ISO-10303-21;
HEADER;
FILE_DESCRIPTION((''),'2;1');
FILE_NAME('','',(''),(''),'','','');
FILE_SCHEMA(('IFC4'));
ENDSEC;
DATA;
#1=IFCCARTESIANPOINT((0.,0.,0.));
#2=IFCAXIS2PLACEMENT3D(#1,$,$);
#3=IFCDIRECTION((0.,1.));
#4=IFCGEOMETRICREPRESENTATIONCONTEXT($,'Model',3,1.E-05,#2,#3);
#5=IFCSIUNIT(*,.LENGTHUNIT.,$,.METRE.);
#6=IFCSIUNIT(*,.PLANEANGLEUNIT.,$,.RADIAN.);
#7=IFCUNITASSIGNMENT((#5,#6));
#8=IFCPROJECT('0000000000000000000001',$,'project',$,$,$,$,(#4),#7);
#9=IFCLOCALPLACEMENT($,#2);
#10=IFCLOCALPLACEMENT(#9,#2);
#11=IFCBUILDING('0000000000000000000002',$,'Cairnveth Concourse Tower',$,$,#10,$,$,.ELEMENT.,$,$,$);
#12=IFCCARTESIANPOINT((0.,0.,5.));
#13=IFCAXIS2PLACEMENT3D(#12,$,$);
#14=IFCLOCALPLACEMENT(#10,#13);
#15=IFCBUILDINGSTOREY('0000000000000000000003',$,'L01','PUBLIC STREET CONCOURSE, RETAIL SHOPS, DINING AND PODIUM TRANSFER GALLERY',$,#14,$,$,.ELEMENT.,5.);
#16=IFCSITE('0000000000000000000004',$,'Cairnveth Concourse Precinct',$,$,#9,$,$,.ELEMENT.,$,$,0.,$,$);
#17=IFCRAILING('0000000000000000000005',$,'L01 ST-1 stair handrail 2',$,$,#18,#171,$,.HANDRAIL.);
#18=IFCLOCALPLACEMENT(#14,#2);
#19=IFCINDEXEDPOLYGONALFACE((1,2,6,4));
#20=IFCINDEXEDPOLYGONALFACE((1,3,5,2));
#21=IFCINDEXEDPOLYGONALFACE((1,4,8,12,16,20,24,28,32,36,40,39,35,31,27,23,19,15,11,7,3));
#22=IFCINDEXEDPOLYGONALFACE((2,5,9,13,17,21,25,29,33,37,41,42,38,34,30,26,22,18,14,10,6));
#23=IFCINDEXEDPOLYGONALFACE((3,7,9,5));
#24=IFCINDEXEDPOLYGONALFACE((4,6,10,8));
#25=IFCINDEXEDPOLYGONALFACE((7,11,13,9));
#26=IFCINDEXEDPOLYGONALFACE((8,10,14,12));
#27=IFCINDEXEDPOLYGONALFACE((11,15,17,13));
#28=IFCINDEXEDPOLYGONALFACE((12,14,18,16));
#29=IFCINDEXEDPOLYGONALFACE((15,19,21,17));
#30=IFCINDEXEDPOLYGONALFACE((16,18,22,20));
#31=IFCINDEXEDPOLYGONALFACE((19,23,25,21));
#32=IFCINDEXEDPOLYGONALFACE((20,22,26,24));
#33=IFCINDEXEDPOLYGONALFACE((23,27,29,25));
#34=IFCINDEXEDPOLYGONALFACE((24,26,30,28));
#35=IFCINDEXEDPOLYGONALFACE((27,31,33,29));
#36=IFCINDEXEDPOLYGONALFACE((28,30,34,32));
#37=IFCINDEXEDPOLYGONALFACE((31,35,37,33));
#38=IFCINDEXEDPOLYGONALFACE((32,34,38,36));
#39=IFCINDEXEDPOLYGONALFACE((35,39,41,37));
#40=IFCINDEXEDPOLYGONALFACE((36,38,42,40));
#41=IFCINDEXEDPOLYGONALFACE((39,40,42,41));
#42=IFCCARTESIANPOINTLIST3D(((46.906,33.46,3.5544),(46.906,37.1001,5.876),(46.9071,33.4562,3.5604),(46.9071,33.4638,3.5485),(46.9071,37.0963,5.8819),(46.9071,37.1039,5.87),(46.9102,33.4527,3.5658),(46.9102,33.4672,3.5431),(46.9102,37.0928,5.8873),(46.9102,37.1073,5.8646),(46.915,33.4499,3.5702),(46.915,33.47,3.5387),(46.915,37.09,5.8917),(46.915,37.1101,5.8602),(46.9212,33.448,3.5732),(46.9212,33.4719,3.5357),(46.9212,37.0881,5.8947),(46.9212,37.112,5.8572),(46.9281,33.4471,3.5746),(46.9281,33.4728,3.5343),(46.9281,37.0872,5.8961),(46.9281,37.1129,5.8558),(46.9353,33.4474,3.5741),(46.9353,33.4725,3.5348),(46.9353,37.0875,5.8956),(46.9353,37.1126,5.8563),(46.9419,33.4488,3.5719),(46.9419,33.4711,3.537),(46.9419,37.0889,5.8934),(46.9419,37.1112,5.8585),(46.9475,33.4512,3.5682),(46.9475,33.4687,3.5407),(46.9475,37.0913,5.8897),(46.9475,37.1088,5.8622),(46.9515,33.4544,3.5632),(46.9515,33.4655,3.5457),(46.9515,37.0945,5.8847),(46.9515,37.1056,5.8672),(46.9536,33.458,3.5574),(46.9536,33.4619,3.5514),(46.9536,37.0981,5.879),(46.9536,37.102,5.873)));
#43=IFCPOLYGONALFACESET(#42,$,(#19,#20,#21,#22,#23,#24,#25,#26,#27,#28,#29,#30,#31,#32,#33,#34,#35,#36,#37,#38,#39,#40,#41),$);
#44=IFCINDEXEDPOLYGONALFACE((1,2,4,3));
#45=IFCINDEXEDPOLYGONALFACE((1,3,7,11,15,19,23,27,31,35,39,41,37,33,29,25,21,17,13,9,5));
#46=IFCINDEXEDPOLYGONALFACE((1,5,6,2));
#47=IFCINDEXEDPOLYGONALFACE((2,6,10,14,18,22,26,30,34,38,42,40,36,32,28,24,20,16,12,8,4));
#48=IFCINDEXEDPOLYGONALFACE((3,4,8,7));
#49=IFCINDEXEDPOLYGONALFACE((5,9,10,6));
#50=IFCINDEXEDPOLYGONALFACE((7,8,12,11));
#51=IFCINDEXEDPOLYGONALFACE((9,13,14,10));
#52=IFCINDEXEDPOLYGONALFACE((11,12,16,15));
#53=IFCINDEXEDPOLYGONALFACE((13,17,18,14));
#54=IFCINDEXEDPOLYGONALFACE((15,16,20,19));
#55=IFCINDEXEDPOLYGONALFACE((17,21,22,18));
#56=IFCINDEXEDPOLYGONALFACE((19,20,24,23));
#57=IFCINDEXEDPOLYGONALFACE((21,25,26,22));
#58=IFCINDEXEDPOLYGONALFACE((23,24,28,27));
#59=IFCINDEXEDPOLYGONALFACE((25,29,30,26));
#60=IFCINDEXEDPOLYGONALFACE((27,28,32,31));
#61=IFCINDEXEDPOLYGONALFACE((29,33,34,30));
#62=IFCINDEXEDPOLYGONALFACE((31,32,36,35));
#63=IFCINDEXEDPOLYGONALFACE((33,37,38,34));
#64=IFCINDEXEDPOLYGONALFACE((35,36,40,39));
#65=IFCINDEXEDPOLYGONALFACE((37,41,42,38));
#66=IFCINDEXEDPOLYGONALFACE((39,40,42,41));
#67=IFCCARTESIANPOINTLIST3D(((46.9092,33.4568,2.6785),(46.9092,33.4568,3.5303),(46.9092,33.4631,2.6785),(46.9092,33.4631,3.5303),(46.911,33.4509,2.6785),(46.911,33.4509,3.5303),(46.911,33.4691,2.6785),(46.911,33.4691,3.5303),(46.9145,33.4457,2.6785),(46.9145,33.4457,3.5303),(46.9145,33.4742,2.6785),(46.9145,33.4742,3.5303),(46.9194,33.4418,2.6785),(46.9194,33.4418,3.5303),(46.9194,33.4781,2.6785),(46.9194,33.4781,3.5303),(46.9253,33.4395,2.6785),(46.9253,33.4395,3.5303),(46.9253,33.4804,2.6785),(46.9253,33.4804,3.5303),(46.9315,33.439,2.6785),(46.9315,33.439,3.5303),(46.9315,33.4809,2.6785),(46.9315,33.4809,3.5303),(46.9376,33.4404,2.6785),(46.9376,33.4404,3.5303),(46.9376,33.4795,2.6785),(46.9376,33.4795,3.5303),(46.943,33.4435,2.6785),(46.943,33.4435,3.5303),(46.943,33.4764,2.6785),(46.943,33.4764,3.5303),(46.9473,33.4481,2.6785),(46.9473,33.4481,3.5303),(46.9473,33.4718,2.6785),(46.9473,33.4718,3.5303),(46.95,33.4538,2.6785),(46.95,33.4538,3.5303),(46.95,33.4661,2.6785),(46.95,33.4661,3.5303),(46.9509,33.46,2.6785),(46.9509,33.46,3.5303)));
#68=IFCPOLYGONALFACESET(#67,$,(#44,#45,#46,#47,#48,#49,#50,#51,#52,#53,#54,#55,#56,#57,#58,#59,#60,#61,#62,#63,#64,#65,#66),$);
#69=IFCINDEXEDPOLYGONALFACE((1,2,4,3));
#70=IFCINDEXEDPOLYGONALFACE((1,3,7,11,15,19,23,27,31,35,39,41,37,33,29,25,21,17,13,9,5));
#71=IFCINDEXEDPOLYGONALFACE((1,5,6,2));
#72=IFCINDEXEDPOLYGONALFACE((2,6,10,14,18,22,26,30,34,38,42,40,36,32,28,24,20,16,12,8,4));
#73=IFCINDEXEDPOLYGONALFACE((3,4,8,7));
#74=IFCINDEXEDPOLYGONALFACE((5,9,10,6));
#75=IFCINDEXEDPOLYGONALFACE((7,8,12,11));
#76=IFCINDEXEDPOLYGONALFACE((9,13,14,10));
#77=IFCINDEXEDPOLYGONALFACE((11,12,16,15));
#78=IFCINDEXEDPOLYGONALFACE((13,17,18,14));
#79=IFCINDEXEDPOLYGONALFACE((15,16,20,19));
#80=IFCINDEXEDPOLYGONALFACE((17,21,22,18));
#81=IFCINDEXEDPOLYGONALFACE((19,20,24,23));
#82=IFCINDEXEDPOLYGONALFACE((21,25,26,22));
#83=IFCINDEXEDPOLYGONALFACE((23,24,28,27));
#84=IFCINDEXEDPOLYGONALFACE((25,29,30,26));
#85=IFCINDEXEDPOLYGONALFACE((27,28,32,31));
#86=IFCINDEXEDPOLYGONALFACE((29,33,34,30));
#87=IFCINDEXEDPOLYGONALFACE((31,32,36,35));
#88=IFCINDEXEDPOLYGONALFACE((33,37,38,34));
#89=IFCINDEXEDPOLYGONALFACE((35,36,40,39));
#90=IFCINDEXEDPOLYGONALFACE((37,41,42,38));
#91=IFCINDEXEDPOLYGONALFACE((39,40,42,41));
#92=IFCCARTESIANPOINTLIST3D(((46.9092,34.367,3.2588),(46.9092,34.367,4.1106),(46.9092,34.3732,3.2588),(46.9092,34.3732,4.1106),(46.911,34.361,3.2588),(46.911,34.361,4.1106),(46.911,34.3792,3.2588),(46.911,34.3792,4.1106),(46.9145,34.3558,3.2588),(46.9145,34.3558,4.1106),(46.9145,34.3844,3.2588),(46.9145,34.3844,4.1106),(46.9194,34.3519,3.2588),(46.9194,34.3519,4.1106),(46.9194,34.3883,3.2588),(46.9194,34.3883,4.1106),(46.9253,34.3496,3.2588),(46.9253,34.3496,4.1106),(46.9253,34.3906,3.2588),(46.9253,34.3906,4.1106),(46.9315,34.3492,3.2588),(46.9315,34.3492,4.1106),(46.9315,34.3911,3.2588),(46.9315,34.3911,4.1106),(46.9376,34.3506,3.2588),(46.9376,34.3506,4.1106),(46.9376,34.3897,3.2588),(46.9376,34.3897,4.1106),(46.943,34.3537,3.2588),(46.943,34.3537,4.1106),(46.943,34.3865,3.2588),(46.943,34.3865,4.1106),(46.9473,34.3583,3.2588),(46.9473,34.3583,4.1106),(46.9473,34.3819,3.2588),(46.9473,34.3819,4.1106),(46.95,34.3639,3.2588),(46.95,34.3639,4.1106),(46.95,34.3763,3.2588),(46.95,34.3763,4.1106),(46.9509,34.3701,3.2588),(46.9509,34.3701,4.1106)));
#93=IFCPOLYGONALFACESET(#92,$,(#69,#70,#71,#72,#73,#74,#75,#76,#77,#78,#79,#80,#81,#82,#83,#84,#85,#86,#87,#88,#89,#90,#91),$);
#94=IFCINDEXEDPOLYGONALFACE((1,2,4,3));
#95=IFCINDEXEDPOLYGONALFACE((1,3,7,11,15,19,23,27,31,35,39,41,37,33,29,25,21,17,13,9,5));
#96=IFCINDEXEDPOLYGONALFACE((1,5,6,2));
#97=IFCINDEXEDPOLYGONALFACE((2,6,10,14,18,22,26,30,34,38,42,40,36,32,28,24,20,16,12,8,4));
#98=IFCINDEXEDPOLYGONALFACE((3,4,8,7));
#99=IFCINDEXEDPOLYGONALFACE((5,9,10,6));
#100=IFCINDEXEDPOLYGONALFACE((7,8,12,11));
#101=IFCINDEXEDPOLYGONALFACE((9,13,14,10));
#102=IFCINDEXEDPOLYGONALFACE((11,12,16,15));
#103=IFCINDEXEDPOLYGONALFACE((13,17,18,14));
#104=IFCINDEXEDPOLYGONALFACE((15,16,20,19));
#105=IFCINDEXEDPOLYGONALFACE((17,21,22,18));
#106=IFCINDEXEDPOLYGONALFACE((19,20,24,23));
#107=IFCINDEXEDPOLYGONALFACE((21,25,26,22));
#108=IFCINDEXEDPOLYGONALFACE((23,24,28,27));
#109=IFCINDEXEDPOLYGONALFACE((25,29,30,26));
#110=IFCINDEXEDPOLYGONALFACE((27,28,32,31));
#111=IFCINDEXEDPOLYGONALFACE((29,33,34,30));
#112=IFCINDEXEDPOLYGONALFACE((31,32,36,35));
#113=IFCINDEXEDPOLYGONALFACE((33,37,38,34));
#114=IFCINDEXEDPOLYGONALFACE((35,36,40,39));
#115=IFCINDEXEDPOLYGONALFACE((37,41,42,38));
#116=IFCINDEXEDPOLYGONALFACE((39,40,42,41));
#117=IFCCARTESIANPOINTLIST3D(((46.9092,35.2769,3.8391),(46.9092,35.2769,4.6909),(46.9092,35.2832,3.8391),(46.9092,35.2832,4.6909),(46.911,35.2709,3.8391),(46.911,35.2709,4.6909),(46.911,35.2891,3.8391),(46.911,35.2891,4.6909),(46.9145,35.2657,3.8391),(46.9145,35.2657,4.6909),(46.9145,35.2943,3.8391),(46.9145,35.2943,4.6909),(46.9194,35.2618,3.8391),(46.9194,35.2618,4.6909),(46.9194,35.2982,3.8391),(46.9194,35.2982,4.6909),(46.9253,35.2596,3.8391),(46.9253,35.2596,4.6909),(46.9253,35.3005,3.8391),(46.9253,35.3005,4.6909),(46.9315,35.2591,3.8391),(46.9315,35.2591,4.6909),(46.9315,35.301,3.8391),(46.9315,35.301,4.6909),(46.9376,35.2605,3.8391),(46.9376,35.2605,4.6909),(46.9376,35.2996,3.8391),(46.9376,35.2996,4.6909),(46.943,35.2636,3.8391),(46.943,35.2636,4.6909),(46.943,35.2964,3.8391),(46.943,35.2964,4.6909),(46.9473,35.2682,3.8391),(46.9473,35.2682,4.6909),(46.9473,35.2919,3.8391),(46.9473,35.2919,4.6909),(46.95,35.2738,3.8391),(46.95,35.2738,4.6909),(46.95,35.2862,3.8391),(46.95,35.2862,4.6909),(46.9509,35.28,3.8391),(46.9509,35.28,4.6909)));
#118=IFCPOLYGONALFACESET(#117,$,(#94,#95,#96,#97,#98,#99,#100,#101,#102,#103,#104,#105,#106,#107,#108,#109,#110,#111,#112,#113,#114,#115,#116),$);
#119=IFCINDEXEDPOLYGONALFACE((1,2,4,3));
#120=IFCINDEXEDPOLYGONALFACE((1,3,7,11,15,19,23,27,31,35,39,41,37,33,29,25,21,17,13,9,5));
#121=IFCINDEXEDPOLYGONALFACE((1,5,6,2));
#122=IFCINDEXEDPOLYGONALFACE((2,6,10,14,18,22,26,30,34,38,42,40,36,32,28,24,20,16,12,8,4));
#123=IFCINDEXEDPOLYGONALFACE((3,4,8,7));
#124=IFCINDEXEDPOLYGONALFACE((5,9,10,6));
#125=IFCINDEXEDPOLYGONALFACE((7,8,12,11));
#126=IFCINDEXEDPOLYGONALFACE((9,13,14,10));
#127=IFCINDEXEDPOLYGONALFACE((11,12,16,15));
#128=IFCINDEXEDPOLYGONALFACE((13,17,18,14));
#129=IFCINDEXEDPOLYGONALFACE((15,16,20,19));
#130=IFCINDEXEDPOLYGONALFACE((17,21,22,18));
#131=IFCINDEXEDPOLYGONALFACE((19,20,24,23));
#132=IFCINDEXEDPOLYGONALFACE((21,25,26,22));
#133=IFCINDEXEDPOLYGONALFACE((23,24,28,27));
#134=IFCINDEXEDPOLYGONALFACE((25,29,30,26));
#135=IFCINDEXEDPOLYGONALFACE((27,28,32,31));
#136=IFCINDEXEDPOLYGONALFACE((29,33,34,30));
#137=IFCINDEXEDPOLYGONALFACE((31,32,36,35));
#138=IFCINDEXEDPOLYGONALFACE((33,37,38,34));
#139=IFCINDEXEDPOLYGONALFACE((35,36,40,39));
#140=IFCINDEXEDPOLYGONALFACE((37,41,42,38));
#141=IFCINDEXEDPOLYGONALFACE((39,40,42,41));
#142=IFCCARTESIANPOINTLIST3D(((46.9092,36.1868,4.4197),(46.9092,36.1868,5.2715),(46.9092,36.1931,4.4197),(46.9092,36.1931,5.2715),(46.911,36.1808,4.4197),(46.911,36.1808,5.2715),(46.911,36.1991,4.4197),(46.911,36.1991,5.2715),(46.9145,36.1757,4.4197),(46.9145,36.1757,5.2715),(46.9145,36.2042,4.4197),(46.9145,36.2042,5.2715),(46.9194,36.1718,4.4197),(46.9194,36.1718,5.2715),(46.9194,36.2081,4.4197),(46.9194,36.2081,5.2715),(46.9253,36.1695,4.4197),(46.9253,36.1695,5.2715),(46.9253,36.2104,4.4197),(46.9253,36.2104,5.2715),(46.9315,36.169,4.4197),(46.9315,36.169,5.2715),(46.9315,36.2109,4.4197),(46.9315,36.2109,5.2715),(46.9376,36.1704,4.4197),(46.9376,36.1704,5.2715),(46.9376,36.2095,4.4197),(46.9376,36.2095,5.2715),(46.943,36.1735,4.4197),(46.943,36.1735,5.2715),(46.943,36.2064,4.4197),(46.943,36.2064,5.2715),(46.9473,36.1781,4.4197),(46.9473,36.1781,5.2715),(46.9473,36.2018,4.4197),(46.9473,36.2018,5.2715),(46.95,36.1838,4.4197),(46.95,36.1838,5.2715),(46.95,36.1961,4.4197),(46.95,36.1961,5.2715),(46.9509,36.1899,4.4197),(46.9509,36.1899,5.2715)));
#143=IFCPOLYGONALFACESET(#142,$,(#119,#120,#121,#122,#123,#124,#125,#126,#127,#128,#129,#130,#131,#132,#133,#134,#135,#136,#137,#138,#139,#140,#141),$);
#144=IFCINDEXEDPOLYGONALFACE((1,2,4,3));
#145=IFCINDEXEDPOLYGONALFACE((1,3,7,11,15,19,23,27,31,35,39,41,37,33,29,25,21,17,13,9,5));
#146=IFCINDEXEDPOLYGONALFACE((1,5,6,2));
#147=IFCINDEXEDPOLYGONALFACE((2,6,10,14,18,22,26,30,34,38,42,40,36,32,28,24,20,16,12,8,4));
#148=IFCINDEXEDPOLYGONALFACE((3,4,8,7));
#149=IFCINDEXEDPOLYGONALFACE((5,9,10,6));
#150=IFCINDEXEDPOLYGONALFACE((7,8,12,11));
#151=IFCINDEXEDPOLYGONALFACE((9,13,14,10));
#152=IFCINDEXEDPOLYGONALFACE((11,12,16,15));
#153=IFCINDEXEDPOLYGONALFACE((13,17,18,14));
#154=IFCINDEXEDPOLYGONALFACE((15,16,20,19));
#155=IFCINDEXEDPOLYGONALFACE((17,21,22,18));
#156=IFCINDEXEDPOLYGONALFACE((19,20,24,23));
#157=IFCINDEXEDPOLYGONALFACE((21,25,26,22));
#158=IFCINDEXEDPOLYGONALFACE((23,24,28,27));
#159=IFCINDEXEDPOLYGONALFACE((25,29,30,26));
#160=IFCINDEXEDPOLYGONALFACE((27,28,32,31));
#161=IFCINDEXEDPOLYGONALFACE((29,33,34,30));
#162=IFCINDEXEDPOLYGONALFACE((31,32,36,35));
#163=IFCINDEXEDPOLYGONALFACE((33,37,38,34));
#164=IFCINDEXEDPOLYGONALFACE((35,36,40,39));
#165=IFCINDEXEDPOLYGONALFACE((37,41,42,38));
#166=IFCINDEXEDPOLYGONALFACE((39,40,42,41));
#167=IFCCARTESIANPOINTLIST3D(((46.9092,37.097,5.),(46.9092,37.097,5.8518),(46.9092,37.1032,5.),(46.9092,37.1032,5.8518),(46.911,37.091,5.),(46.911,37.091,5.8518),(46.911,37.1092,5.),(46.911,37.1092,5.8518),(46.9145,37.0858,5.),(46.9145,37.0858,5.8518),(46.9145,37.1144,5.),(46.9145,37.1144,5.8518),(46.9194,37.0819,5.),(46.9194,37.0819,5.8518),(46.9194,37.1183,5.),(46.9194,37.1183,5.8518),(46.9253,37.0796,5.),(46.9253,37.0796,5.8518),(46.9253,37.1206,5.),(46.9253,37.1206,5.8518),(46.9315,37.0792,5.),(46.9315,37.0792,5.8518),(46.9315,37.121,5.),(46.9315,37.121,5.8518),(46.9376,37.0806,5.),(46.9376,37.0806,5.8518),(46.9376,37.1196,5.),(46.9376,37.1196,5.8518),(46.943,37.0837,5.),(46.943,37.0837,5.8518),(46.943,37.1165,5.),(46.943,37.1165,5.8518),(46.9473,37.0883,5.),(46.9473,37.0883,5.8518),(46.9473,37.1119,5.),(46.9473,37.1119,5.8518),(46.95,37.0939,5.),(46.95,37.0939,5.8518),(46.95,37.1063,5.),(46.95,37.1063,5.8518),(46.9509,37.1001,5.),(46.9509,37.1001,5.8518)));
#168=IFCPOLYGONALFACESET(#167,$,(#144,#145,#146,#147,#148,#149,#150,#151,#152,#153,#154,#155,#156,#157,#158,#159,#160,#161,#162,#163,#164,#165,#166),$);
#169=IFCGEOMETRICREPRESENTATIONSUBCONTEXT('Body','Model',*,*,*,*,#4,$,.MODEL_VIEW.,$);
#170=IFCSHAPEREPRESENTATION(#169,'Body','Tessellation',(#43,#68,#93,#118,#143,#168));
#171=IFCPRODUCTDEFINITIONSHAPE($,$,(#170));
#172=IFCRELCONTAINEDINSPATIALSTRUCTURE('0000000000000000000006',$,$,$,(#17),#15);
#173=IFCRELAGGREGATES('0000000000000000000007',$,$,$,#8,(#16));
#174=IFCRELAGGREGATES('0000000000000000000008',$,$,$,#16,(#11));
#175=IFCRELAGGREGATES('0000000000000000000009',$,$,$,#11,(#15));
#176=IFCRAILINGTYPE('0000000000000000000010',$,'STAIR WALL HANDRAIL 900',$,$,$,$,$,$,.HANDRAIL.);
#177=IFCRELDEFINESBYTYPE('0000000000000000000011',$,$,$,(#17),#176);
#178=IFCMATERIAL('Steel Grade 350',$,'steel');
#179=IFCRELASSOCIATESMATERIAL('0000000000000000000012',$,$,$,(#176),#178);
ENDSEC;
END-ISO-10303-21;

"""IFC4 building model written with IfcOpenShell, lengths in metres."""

from ifc_helpers import new_model, si_unit, direction, frame, origin, origin_2d, place, context, subcontext, project, spatial, circle, extrude, material, type_object, element, save


model = new_model("IFC4")

# Units and contexts
model_context = context("Model", 3, precision=1e-05, world=origin(), true_north=direction((0.0, 1.0)))
body_context = subcontext(model_context, "Body", "Model", "MODEL_VIEW")
ifc_project = project(units=[si_unit("LENGTHUNIT", "METRE"), si_unit("PLANEANGLEUNIT", "RADIAN")], contexts=[model_context])

# Site, building, storey
site_placement = place(None, origin())
site = spatial("IfcSite", under=ifc_project, at=site_placement, Name="Cairnveth Concourse Precinct", CompositionType="ELEMENT", RefElevation=0.0)
building_placement = place(site_placement, origin())
building = spatial("IfcBuilding", under=site, at=building_placement, Name="Cairnveth Concourse Tower", CompositionType="ELEMENT")
storey_placement = place(building_placement, frame((0.0, 0.0, 5.0)))
storey = spatial("IfcBuildingStorey", under=building, at=storey_placement, Name="L01", Description="PUBLIC STREET CONCOURSE, RETAIL SHOPS, DINING AND PODIUM TRANSFER GALLERY", CompositionType="ELEMENT", Elevation=5.0)

# Shared definitions
ifc_material_1 = material(Name="Steel Grade 350", Category="steel")

# Railing
railing_type_1 = type_object("IfcRailingType", Name="STAIR WALL HANDRAIL 900", PredefinedType="HANDRAIL", material=ifc_material_1)
railing_1_placement = place(storey_placement, frame((46.9299, 33.46, 2.6785)))
element("IfcRailing", 1, at=railing_1_placement, inside=storey, type_object=railing_type_1, Name="L01 ST-1 stair handrail 2", PredefinedType="HANDRAIL", context=body_context, shape_type="SweptSolid", body=[
    extrude(circle(Radius=0.0239, at=origin_2d()), frame((0.0, 0.0, 0.876), z_axis=(0.0, 0.843128, 0.537713), x_axis=(-1.0, 0.0, 0.0)), (0.0, 0.0, 1.0), 4.3174),
    extrude(circle(Radius=0.021, at=origin_2d()), origin(), (0.0, 0.0, 1.0), 0.8518),
    extrude(circle(Radius=0.021, at=origin_2d()), frame((0.0, 0.9102, 0.5803)), (0.0, 0.0, 1.0), 0.8518),
    extrude(circle(Radius=0.021, at=origin_2d()), frame((0.0, 1.8201, 1.1606)), (0.0, 0.0, 1.0), 0.8518),
    extrude(circle(Radius=0.021, at=origin_2d()), frame((0.0, 2.73, 1.7412)), (0.0, 0.0, 1.0), 0.8518),
    extrude(circle(Radius=0.021, at=origin_2d()), frame((0.0, 3.6401, 2.3215)), (0.0, 0.0, 1.0), 0.8518),
])

save(model, "model.ifc")
